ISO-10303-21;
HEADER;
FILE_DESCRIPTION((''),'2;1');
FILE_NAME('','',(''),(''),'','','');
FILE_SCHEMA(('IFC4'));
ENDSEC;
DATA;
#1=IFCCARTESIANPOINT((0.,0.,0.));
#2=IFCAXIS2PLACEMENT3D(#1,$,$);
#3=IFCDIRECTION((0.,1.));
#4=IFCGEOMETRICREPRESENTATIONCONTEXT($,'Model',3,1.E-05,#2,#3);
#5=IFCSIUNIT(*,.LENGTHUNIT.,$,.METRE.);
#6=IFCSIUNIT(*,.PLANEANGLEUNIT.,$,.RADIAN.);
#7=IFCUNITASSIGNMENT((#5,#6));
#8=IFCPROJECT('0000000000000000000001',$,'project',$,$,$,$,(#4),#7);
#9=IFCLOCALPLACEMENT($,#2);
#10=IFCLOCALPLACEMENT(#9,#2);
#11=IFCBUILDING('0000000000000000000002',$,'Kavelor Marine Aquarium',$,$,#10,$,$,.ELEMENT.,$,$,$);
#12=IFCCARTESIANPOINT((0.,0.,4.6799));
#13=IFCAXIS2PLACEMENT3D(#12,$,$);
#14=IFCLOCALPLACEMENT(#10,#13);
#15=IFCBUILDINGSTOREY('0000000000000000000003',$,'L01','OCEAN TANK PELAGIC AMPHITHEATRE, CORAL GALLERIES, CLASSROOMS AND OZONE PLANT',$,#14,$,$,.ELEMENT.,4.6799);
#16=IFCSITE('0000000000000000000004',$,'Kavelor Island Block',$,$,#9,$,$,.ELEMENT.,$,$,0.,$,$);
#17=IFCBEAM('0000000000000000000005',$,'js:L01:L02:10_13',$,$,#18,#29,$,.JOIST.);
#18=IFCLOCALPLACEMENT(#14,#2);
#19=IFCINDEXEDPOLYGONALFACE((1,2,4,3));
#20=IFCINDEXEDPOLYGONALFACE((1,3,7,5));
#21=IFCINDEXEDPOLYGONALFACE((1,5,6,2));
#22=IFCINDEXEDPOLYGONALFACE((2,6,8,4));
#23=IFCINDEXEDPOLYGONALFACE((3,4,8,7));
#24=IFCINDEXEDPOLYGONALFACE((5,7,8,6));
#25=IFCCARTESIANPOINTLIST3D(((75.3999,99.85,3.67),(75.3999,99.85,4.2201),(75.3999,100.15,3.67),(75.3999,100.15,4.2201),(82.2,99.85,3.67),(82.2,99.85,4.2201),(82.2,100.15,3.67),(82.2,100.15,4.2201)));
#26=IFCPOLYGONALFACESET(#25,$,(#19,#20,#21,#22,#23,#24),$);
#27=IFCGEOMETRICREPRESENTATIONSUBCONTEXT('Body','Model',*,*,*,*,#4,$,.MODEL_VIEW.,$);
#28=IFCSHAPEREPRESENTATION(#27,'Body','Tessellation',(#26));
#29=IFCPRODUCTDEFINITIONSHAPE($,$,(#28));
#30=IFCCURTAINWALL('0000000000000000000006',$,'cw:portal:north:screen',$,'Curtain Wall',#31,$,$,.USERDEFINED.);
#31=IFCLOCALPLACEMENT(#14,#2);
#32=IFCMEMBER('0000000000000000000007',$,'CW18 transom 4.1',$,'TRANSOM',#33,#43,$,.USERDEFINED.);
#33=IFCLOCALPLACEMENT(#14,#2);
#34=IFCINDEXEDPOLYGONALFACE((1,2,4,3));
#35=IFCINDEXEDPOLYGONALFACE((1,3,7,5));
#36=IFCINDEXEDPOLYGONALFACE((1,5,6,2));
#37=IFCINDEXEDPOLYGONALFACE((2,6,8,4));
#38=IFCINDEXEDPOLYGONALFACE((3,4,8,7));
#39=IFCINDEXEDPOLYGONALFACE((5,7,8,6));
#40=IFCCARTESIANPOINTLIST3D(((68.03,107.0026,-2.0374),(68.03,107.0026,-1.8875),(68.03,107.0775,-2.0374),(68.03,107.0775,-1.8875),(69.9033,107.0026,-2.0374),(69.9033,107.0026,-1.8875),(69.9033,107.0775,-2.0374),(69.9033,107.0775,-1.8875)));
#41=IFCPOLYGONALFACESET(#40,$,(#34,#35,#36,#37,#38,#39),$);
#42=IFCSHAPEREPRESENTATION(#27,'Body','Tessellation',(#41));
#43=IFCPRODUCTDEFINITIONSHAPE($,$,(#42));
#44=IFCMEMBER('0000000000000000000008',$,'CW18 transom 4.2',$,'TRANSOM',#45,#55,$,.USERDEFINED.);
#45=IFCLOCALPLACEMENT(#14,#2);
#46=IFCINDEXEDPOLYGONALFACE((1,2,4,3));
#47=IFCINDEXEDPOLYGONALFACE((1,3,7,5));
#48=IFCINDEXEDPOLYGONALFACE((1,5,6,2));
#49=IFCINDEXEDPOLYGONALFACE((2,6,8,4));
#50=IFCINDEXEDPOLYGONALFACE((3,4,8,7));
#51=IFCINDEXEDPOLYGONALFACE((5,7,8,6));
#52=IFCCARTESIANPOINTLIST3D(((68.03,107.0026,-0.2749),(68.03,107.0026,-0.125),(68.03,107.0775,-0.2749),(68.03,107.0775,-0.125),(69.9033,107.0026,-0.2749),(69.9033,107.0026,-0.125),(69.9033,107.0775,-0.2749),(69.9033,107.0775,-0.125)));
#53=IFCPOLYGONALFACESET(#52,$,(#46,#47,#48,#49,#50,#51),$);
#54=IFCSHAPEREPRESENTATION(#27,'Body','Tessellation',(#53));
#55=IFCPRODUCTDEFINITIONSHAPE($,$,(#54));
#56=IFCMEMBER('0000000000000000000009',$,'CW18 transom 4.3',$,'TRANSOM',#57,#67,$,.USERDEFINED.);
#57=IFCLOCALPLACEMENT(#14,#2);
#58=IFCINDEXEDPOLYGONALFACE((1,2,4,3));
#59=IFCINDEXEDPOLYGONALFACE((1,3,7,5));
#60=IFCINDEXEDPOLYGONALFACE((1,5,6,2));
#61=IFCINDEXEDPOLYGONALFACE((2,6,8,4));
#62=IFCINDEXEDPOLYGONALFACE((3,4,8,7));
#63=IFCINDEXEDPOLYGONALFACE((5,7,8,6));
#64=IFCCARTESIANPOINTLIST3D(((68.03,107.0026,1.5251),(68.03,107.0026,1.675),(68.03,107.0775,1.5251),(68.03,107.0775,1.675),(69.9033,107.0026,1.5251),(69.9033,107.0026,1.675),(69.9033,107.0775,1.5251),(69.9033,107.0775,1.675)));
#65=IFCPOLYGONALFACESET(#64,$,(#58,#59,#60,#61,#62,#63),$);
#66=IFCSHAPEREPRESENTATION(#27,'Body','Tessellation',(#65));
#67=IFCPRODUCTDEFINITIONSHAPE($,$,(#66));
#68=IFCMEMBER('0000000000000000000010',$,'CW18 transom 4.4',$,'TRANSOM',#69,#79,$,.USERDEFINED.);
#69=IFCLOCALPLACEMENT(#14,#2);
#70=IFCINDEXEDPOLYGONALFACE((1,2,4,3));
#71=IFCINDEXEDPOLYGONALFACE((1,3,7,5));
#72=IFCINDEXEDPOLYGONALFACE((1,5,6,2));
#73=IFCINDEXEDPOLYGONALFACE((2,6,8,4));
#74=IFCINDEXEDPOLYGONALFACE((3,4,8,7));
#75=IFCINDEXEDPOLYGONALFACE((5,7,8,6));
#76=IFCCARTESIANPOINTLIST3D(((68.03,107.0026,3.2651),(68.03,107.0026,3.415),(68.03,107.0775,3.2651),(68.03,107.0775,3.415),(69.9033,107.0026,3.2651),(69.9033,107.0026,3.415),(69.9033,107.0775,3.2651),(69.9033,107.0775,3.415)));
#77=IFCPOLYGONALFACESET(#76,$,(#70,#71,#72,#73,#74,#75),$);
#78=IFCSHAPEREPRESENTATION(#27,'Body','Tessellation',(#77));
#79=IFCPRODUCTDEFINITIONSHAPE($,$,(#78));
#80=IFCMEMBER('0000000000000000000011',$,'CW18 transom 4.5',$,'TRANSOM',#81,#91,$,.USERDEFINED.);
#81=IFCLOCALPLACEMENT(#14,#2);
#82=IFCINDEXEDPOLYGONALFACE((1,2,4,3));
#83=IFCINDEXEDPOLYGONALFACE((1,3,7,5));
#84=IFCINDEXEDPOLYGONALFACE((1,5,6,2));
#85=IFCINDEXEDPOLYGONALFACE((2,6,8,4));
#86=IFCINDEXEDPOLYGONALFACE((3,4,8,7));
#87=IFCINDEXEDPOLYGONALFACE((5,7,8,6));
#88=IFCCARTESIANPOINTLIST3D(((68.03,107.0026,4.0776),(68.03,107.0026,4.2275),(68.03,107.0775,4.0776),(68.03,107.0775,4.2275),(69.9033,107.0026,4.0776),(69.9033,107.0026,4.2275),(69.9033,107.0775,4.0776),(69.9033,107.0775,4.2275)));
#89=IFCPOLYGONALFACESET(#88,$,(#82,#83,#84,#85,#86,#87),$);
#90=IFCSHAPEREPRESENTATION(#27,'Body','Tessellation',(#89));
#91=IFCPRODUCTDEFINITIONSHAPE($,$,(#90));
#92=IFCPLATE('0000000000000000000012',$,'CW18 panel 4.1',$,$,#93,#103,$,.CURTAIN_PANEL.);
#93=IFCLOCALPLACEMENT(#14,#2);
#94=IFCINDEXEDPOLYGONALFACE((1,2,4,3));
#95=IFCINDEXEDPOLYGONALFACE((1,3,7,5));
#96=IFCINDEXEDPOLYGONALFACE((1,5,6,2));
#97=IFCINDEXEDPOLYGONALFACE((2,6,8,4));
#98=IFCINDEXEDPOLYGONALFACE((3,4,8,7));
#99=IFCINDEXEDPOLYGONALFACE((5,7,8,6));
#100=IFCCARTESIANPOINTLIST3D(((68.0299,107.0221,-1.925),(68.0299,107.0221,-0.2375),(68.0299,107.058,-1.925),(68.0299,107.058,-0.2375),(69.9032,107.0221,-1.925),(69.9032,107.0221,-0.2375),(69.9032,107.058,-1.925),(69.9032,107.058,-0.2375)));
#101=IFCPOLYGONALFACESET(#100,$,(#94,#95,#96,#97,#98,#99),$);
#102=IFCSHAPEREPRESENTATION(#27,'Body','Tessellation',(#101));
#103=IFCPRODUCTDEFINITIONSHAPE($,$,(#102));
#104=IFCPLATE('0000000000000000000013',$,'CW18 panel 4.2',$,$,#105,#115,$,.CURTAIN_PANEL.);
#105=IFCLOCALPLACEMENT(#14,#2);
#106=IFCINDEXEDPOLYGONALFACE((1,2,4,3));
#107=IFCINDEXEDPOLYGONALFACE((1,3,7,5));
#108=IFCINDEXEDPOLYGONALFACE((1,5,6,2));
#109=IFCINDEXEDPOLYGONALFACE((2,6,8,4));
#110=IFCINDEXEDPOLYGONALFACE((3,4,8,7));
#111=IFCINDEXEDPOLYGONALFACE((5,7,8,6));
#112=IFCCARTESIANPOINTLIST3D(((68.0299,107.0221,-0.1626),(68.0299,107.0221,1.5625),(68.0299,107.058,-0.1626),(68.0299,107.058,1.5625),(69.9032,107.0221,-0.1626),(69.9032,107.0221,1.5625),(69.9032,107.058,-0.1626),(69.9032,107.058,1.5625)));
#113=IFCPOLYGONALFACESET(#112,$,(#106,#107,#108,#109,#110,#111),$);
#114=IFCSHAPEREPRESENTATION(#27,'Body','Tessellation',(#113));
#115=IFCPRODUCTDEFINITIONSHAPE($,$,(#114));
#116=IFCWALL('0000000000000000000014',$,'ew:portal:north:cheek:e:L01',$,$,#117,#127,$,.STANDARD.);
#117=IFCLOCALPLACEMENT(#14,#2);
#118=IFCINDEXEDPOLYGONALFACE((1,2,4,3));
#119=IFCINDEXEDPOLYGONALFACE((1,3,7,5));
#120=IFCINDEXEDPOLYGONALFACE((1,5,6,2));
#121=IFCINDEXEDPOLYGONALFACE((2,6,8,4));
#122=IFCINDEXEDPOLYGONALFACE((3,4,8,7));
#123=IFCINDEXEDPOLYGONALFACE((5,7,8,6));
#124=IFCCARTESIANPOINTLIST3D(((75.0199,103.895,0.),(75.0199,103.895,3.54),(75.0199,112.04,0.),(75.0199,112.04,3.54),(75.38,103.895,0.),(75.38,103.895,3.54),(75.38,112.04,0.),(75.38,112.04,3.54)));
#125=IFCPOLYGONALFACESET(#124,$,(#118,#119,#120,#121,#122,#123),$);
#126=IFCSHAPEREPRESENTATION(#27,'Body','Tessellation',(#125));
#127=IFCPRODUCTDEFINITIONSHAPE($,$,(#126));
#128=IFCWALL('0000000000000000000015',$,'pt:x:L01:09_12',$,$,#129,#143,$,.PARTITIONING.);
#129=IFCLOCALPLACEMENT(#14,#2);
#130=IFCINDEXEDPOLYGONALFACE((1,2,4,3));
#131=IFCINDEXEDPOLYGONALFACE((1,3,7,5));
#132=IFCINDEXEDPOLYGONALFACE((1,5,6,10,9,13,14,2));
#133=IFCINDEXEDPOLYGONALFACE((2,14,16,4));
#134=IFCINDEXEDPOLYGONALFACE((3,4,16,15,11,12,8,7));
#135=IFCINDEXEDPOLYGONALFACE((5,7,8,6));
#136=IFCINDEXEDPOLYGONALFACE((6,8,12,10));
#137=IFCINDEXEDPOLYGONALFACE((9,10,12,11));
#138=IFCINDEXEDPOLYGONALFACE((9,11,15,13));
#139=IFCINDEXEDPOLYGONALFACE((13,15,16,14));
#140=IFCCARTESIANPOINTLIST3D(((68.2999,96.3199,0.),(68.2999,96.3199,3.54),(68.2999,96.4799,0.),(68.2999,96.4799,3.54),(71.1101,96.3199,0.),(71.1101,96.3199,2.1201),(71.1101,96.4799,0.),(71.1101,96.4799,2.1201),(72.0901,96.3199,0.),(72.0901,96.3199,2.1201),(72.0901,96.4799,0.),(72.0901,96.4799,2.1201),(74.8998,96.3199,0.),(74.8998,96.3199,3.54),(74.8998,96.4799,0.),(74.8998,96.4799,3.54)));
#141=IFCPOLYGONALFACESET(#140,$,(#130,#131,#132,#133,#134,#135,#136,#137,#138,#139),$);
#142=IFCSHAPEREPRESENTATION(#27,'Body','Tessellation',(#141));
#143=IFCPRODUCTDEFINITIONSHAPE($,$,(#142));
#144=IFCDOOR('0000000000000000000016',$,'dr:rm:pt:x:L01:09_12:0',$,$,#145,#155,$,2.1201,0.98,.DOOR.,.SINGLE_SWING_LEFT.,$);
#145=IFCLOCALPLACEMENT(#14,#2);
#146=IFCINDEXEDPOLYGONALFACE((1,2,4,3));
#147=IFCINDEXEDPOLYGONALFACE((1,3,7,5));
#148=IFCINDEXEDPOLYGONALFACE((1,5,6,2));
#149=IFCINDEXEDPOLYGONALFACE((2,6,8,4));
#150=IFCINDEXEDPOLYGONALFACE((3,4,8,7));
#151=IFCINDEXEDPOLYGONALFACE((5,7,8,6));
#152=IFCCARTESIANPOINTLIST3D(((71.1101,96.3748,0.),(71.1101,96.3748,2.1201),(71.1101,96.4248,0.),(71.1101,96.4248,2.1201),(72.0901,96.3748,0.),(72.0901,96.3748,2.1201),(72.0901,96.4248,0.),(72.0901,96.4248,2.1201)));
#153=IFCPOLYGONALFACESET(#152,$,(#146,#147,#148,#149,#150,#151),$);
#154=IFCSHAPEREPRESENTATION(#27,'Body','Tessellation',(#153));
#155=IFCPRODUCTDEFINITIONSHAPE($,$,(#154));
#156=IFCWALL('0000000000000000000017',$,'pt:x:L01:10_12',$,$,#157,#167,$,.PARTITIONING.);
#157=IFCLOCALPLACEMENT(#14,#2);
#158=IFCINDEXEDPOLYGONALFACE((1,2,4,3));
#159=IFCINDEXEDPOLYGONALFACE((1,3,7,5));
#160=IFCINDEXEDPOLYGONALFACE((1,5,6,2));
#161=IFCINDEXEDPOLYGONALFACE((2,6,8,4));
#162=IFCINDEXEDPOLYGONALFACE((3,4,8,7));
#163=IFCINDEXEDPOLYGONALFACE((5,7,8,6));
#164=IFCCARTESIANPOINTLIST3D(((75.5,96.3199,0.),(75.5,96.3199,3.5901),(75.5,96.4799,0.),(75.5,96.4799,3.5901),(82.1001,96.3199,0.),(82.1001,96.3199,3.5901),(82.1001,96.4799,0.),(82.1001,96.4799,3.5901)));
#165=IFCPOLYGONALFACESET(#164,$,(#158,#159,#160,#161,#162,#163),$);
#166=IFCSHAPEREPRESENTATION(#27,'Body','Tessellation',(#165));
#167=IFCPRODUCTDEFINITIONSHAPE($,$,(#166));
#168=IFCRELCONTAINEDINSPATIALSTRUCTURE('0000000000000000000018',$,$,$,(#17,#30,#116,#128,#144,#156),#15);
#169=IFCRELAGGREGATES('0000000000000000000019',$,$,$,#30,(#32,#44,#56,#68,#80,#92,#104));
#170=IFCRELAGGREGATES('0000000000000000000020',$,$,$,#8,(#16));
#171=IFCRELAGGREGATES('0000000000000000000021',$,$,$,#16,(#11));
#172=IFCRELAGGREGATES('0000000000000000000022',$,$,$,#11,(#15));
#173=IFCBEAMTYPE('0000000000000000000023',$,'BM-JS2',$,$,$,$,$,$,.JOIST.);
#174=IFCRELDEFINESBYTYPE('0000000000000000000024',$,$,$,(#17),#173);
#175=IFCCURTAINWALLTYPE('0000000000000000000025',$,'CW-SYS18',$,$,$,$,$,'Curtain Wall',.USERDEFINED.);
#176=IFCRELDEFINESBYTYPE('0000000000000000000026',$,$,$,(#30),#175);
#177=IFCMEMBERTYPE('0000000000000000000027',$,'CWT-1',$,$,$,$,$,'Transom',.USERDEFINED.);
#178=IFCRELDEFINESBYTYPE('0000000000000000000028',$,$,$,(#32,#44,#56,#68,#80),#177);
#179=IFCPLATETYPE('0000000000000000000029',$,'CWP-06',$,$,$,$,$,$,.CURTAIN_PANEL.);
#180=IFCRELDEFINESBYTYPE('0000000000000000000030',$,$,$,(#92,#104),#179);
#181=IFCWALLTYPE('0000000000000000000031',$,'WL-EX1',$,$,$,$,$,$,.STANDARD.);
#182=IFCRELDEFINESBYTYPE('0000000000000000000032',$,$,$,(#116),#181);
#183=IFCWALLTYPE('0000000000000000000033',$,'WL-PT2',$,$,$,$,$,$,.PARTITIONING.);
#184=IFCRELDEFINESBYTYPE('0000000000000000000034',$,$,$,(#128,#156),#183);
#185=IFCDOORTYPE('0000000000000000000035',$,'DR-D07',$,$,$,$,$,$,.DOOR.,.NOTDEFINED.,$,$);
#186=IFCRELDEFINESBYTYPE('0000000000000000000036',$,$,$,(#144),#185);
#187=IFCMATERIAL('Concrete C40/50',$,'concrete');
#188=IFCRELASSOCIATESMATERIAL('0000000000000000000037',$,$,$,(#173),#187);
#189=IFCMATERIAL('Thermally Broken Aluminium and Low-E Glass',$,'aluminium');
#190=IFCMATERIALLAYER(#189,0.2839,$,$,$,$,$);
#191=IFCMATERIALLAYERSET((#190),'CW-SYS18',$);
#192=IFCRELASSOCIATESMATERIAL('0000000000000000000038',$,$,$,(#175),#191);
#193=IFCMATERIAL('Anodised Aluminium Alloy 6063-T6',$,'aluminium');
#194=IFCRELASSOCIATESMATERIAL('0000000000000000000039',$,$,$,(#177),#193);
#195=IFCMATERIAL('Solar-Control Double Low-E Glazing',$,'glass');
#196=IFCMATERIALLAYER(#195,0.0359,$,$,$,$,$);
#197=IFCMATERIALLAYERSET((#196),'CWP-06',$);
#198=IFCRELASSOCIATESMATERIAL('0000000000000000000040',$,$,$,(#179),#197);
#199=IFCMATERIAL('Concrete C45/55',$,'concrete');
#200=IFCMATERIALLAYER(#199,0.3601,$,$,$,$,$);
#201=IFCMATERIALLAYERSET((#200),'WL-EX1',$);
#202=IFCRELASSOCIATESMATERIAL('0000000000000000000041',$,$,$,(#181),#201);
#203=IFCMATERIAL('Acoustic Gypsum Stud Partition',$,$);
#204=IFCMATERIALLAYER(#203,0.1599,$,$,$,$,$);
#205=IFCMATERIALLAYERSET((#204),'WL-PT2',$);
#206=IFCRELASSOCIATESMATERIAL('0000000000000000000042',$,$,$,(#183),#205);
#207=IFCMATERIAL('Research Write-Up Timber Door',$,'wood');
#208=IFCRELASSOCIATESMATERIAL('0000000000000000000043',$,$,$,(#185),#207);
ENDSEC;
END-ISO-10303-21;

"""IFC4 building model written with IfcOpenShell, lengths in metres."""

from ifc_helpers import new_model, si_unit, direction, frame, frame_2d, origin, origin_2d, place, context, subcontext, project, spatial, rectangle, extrude, material, layer, layer_set, material_profile, profile_set, type_object, element, fill, aggregate, save


model = new_model("IFC4")

# Units and contexts
model_context = context("Model", 3, precision=1e-05, world=origin(), true_north=direction((0.0, 1.0)))
body_context = subcontext(model_context, "Body", "Model", "MODEL_VIEW")
ifc_project = project(units=[si_unit("LENGTHUNIT", "METRE"), si_unit("PLANEANGLEUNIT", "RADIAN")], contexts=[model_context])

# Site, building, storey
site_placement = place(None, origin())
site = spatial("IfcSite", under=ifc_project, at=site_placement, Name="Kavelor Island Block", CompositionType="ELEMENT", RefElevation=0.0)
building_placement = place(site_placement, origin())
building = spatial("IfcBuilding", under=site, at=building_placement, Name="Kavelor Marine Aquarium", CompositionType="ELEMENT")
storey_placement = place(building_placement, frame((0.0, 0.0, 4.6799)))
storey = spatial("IfcBuildingStorey", under=building, at=storey_placement, Name="L01", Description="OCEAN TANK PELAGIC AMPHITHEATRE, CORAL GALLERIES, CLASSROOMS AND OZONE PLANT", CompositionType="ELEMENT", Elevation=4.6799)

# Beam
ifc_material_1 = material(Name="Concrete C40/50", Category="concrete")
ifc_material_profile_1 = material_profile(ifc_material_1, rectangle(XDim=0.3, YDim=0.55, at=origin_2d()), Name="RC-JS 300x550")
ifc_profile_set_1 = profile_set([ifc_material_profile_1], Name="Concrete C40/50")
beam_type_1 = type_object("IfcBeamType", Name="BM-JS2", PredefinedType="JOIST", material=ifc_profile_set_1)
beam_1_placement = place(storey_placement, frame((75.3999, 100.0, 3.9451), z_axis=(1.0, 0.0, 0.0), x_axis=(0.0, 1.0, 0.0)))
element("IfcBeam", 1, at=beam_1_placement, inside=storey, type_object=beam_type_1, Name="js:L01:L02:10_13", PredefinedType="JOIST", context=body_context, shape_type="SweptSolid", body=[
    extrude(rectangle(XDim=0.3, YDim=0.55, at=origin_2d()), origin(), (0.0, 0.0, 1.0), 6.8),
])

# Curtain wall, members, plates
ifc_material_2 = material(Name="Thermally Broken Aluminium and Low-E Glass", Category="aluminium")
ifc_layer_1 = layer(ifc_material_2, 0.2839)
ifc_layer_set_1 = layer_set([ifc_layer_1], Name="CW-SYS18")
curtain_wall_type = type_object("IfcCurtainWallType", Name="CW-SYS18", ElementType="Curtain Wall", PredefinedType="USERDEFINED", material=ifc_layer_set_1)
curtain_wall_placement = place(storey_placement, origin())
curtain_wall = element("IfcCurtainWall", 2, at=curtain_wall_placement, inside=storey, type_object=curtain_wall_type, Name="cw:portal:north:screen", ObjectType="Curtain Wall", PredefinedType="USERDEFINED")
ifc_material_3 = material(Name="Anodised Aluminium Alloy 6063-T6", Category="aluminium")
ifc_material_profile_2 = material_profile(ifc_material_3, rectangle(XDim=0.075, YDim=0.1499, at=origin_2d()), Name="CW-TRN 75x150")
ifc_profile_set_2 = profile_set([ifc_material_profile_2], Name="Anodised Aluminium Alloy 6063-T6")
member_type = type_object("IfcMemberType", Name="CWT-1", ElementType="Transom", PredefinedType="USERDEFINED", material=ifc_profile_set_2)
member_1_placement = place(storey_placement, frame((68.03, 107.04, -1.9624), z_axis=(1.0, 0.0, 0.0), x_axis=(0.0, 1.0, 0.0)))
member_1 = element("IfcMember", 3, at=member_1_placement, type_object=member_type, Name="CW18 transom 4.1", ObjectType="TRANSOM", PredefinedType="USERDEFINED", context=body_context, shape_type="SweptSolid", body=[
    extrude(rectangle(XDim=0.075, YDim=0.1499, at=origin_2d()), origin(), (0.0, 0.0, 1.0), 1.8733),
])
member_2_placement = place(storey_placement, frame((68.03, 107.04, -0.2), z_axis=(1.0, 0.0, 0.0), x_axis=(0.0, 1.0, 0.0)))
member_2 = element("IfcMember", 4, at=member_2_placement, type_object=member_type, Name="CW18 transom 4.2", ObjectType="TRANSOM", PredefinedType="USERDEFINED", context=body_context, shape_type="SweptSolid", body=[
    extrude(rectangle(XDim=0.075, YDim=0.1499, at=origin_2d()), origin(), (0.0, 0.0, 1.0), 1.8733),
])
member_3_placement = place(storey_placement, frame((68.03, 107.04, 1.6001), z_axis=(1.0, 0.0, 0.0), x_axis=(0.0, 1.0, 0.0)))
member_3 = element("IfcMember", 5, at=member_3_placement, type_object=member_type, Name="CW18 transom 4.3", ObjectType="TRANSOM", PredefinedType="USERDEFINED", context=body_context, shape_type="SweptSolid", body=[
    extrude(rectangle(XDim=0.075, YDim=0.1499, at=origin_2d()), origin(), (0.0, 0.0, 1.0), 1.8733),
])
member_4_placement = place(storey_placement, frame((68.03, 107.04, 3.3401), z_axis=(1.0, 0.0, 0.0), x_axis=(0.0, 1.0, 0.0)))
member_4 = element("IfcMember", 6, at=member_4_placement, type_object=member_type, Name="CW18 transom 4.4", ObjectType="TRANSOM", PredefinedType="USERDEFINED", context=body_context, shape_type="SweptSolid", body=[
    extrude(rectangle(XDim=0.075, YDim=0.1499, at=origin_2d()), origin(), (0.0, 0.0, 1.0), 1.8733),
])
member_5_placement = place(storey_placement, frame((68.03, 107.04, 4.1526), z_axis=(1.0, 0.0, 0.0), x_axis=(0.0, 1.0, 0.0)))
member_5 = element("IfcMember", 7, at=member_5_placement, type_object=member_type, Name="CW18 transom 4.5", ObjectType="TRANSOM", PredefinedType="USERDEFINED", context=body_context, shape_type="SweptSolid", body=[
    extrude(rectangle(XDim=0.075, YDim=0.1499, at=origin_2d()), origin(), (0.0, 0.0, 1.0), 1.8733),
])
ifc_material_4 = material(Name="Solar-Control Double Low-E Glazing", Category="glass")
ifc_layer_2 = layer(ifc_material_4, 0.0359)
ifc_layer_set_2 = layer_set([ifc_layer_2], Name="CWP-06")
plate_type = type_object("IfcPlateType", Name="CWP-06", PredefinedType="CURTAIN_PANEL", material=ifc_layer_set_2)
plate_1_placement = place(storey_placement, frame((68.9666, 107.04, -1.925), z_axis=(0.0, 0.0, 1.0), x_axis=(1.0, 0.0, 0.0)))
plate_1 = element("IfcPlate", 8, at=plate_1_placement, type_object=plate_type, Name="CW18 panel 4.1", PredefinedType="CURTAIN_PANEL", context=body_context, shape_type="SweptSolid", body=[
    extrude(rectangle(XDim=1.8733, YDim=0.0359, at=origin_2d()), origin(), (0.0, 0.0, 1.0), 1.6875),
])
plate_2_placement = place(storey_placement, frame((68.9666, 107.04, -0.1626), z_axis=(0.0, 0.0, 1.0), x_axis=(1.0, 0.0, 0.0)))
plate_2 = element("IfcPlate", 9, at=plate_2_placement, type_object=plate_type, Name="CW18 panel 4.2", PredefinedType="CURTAIN_PANEL", context=body_context, shape_type="SweptSolid", body=[
    extrude(rectangle(XDim=1.8733, YDim=0.0359, at=origin_2d()), origin(), (0.0, 0.0, 1.0), 1.7251),
])
aggregate(curtain_wall, [member_1, member_2, member_3, member_4, member_5, plate_1, plate_2])

# Wall
ifc_material_5 = material(Name="Concrete C45/55", Category="concrete")
ifc_layer_3 = layer(ifc_material_5, 0.3601)
ifc_layer_set_3 = layer_set([ifc_layer_3], Name="WL-EX1")
wall_type_1 = type_object("IfcWallType", Name="WL-EX1", PredefinedType="STANDARD", material=ifc_layer_set_3)
wall_1_placement = place(storey_placement, frame((75.2, 103.895, 0.0), z_axis=(0.0, 0.0, 1.0), x_axis=(0.0, 1.0, 0.0)))
element("IfcWall", 10, at=wall_1_placement, inside=storey, type_object=wall_type_1, Name="ew:portal:north:cheek:e:L01", PredefinedType="STANDARD", context=body_context, shape_type="SweptSolid", body=[
    extrude(rectangle(XDim=8.145, YDim=0.3601, at=frame_2d((4.0725, 0.0))), origin(), (0.0, 0.0, 1.0), 3.54),
])

# Wall, opening, door
ifc_material_6 = material(Name="Acoustic Gypsum Stud Partition")
ifc_layer_4 = layer(ifc_material_6, 0.1599)
ifc_layer_set_4 = layer_set([ifc_layer_4], Name="WL-PT2")
wall_type_2 = type_object("IfcWallType", Name="WL-PT2", PredefinedType="PARTITIONING", material=ifc_layer_set_4)
wall_2_placement = place(storey_placement, frame((68.3, 96.3999, 0.0), z_axis=(0.0, 0.0, 1.0), x_axis=(1.0, 0.0, 0.0)))
wall_2 = element("IfcWall", 11, at=wall_2_placement, inside=storey, type_object=wall_type_2, Name="pt:x:L01:09_12", PredefinedType="PARTITIONING", context=body_context, shape_type="SweptSolid", body=[
    extrude(rectangle(XDim=6.5999, YDim=0.1599, at=frame_2d((3.2998, 0.0))), origin(), (0.0, 0.0, 1.0), 3.54),
])
opening_1_placement = place(wall_2_placement, frame((2.8101, 0.0, 0.0)))
opening_1 = element("IfcOpeningElement", 12, at=opening_1_placement, cuts=wall_2, PredefinedType="OPENING", context=body_context, shape_type="SweptSolid", body=[
    extrude(rectangle(XDim=0.98, YDim=2.1201, at=frame_2d((0.49, 1.0601))), frame((0.0, 0.0898, 0.0), z_axis=(0.0, -1.0, 0.0), x_axis=(1.0, 0.0, 0.0)), (0.0, 0.0, 1.0), 0.1799),
])
ifc_material_7 = material(Name="Research Write-Up Timber Door", Category="wood")
door_type_1 = type_object("IfcDoorType", Name="DR-D07", OperationType="NOTDEFINED", PredefinedType="DOOR", material=ifc_material_7)
door_1_placement = place(opening_1_placement, origin())
door_1 = element("IfcDoor", 13, at=door_1_placement, inside=storey, type_object=door_type_1, Name="dr:rm:pt:x:L01:09_12:0", OperationType="SINGLE_SWING_LEFT", OverallHeight=2.1201, OverallWidth=0.98, PredefinedType="DOOR", context=body_context, shape_type="SweptSolid", body=[
    extrude(rectangle(XDim=0.98, YDim=2.1201, at=frame_2d((0.49, 1.0601))), frame((0.0, 0.0249, 0.0), z_axis=(0.0, -1.0, 0.0), x_axis=(1.0, 0.0, 0.0)), (0.0, 0.0, 1.0), 0.05),
])
fill(opening_1, door_1)

# Wall
wall_3_placement = place(storey_placement, frame((75.5, 96.3999, 0.0), z_axis=(0.0, 0.0, 1.0), x_axis=(1.0, 0.0, 0.0)))
element("IfcWall", 14, at=wall_3_placement, inside=storey, type_object=wall_type_2, Name="pt:x:L01:10_12", PredefinedType="PARTITIONING", context=body_context, shape_type="SweptSolid", body=[
    extrude(rectangle(XDim=6.6001, YDim=0.1599, at=frame_2d((3.3, 0.0))), origin(), (0.0, 0.0, 1.0), 3.5901),
])

save(model, "model.ifc")
